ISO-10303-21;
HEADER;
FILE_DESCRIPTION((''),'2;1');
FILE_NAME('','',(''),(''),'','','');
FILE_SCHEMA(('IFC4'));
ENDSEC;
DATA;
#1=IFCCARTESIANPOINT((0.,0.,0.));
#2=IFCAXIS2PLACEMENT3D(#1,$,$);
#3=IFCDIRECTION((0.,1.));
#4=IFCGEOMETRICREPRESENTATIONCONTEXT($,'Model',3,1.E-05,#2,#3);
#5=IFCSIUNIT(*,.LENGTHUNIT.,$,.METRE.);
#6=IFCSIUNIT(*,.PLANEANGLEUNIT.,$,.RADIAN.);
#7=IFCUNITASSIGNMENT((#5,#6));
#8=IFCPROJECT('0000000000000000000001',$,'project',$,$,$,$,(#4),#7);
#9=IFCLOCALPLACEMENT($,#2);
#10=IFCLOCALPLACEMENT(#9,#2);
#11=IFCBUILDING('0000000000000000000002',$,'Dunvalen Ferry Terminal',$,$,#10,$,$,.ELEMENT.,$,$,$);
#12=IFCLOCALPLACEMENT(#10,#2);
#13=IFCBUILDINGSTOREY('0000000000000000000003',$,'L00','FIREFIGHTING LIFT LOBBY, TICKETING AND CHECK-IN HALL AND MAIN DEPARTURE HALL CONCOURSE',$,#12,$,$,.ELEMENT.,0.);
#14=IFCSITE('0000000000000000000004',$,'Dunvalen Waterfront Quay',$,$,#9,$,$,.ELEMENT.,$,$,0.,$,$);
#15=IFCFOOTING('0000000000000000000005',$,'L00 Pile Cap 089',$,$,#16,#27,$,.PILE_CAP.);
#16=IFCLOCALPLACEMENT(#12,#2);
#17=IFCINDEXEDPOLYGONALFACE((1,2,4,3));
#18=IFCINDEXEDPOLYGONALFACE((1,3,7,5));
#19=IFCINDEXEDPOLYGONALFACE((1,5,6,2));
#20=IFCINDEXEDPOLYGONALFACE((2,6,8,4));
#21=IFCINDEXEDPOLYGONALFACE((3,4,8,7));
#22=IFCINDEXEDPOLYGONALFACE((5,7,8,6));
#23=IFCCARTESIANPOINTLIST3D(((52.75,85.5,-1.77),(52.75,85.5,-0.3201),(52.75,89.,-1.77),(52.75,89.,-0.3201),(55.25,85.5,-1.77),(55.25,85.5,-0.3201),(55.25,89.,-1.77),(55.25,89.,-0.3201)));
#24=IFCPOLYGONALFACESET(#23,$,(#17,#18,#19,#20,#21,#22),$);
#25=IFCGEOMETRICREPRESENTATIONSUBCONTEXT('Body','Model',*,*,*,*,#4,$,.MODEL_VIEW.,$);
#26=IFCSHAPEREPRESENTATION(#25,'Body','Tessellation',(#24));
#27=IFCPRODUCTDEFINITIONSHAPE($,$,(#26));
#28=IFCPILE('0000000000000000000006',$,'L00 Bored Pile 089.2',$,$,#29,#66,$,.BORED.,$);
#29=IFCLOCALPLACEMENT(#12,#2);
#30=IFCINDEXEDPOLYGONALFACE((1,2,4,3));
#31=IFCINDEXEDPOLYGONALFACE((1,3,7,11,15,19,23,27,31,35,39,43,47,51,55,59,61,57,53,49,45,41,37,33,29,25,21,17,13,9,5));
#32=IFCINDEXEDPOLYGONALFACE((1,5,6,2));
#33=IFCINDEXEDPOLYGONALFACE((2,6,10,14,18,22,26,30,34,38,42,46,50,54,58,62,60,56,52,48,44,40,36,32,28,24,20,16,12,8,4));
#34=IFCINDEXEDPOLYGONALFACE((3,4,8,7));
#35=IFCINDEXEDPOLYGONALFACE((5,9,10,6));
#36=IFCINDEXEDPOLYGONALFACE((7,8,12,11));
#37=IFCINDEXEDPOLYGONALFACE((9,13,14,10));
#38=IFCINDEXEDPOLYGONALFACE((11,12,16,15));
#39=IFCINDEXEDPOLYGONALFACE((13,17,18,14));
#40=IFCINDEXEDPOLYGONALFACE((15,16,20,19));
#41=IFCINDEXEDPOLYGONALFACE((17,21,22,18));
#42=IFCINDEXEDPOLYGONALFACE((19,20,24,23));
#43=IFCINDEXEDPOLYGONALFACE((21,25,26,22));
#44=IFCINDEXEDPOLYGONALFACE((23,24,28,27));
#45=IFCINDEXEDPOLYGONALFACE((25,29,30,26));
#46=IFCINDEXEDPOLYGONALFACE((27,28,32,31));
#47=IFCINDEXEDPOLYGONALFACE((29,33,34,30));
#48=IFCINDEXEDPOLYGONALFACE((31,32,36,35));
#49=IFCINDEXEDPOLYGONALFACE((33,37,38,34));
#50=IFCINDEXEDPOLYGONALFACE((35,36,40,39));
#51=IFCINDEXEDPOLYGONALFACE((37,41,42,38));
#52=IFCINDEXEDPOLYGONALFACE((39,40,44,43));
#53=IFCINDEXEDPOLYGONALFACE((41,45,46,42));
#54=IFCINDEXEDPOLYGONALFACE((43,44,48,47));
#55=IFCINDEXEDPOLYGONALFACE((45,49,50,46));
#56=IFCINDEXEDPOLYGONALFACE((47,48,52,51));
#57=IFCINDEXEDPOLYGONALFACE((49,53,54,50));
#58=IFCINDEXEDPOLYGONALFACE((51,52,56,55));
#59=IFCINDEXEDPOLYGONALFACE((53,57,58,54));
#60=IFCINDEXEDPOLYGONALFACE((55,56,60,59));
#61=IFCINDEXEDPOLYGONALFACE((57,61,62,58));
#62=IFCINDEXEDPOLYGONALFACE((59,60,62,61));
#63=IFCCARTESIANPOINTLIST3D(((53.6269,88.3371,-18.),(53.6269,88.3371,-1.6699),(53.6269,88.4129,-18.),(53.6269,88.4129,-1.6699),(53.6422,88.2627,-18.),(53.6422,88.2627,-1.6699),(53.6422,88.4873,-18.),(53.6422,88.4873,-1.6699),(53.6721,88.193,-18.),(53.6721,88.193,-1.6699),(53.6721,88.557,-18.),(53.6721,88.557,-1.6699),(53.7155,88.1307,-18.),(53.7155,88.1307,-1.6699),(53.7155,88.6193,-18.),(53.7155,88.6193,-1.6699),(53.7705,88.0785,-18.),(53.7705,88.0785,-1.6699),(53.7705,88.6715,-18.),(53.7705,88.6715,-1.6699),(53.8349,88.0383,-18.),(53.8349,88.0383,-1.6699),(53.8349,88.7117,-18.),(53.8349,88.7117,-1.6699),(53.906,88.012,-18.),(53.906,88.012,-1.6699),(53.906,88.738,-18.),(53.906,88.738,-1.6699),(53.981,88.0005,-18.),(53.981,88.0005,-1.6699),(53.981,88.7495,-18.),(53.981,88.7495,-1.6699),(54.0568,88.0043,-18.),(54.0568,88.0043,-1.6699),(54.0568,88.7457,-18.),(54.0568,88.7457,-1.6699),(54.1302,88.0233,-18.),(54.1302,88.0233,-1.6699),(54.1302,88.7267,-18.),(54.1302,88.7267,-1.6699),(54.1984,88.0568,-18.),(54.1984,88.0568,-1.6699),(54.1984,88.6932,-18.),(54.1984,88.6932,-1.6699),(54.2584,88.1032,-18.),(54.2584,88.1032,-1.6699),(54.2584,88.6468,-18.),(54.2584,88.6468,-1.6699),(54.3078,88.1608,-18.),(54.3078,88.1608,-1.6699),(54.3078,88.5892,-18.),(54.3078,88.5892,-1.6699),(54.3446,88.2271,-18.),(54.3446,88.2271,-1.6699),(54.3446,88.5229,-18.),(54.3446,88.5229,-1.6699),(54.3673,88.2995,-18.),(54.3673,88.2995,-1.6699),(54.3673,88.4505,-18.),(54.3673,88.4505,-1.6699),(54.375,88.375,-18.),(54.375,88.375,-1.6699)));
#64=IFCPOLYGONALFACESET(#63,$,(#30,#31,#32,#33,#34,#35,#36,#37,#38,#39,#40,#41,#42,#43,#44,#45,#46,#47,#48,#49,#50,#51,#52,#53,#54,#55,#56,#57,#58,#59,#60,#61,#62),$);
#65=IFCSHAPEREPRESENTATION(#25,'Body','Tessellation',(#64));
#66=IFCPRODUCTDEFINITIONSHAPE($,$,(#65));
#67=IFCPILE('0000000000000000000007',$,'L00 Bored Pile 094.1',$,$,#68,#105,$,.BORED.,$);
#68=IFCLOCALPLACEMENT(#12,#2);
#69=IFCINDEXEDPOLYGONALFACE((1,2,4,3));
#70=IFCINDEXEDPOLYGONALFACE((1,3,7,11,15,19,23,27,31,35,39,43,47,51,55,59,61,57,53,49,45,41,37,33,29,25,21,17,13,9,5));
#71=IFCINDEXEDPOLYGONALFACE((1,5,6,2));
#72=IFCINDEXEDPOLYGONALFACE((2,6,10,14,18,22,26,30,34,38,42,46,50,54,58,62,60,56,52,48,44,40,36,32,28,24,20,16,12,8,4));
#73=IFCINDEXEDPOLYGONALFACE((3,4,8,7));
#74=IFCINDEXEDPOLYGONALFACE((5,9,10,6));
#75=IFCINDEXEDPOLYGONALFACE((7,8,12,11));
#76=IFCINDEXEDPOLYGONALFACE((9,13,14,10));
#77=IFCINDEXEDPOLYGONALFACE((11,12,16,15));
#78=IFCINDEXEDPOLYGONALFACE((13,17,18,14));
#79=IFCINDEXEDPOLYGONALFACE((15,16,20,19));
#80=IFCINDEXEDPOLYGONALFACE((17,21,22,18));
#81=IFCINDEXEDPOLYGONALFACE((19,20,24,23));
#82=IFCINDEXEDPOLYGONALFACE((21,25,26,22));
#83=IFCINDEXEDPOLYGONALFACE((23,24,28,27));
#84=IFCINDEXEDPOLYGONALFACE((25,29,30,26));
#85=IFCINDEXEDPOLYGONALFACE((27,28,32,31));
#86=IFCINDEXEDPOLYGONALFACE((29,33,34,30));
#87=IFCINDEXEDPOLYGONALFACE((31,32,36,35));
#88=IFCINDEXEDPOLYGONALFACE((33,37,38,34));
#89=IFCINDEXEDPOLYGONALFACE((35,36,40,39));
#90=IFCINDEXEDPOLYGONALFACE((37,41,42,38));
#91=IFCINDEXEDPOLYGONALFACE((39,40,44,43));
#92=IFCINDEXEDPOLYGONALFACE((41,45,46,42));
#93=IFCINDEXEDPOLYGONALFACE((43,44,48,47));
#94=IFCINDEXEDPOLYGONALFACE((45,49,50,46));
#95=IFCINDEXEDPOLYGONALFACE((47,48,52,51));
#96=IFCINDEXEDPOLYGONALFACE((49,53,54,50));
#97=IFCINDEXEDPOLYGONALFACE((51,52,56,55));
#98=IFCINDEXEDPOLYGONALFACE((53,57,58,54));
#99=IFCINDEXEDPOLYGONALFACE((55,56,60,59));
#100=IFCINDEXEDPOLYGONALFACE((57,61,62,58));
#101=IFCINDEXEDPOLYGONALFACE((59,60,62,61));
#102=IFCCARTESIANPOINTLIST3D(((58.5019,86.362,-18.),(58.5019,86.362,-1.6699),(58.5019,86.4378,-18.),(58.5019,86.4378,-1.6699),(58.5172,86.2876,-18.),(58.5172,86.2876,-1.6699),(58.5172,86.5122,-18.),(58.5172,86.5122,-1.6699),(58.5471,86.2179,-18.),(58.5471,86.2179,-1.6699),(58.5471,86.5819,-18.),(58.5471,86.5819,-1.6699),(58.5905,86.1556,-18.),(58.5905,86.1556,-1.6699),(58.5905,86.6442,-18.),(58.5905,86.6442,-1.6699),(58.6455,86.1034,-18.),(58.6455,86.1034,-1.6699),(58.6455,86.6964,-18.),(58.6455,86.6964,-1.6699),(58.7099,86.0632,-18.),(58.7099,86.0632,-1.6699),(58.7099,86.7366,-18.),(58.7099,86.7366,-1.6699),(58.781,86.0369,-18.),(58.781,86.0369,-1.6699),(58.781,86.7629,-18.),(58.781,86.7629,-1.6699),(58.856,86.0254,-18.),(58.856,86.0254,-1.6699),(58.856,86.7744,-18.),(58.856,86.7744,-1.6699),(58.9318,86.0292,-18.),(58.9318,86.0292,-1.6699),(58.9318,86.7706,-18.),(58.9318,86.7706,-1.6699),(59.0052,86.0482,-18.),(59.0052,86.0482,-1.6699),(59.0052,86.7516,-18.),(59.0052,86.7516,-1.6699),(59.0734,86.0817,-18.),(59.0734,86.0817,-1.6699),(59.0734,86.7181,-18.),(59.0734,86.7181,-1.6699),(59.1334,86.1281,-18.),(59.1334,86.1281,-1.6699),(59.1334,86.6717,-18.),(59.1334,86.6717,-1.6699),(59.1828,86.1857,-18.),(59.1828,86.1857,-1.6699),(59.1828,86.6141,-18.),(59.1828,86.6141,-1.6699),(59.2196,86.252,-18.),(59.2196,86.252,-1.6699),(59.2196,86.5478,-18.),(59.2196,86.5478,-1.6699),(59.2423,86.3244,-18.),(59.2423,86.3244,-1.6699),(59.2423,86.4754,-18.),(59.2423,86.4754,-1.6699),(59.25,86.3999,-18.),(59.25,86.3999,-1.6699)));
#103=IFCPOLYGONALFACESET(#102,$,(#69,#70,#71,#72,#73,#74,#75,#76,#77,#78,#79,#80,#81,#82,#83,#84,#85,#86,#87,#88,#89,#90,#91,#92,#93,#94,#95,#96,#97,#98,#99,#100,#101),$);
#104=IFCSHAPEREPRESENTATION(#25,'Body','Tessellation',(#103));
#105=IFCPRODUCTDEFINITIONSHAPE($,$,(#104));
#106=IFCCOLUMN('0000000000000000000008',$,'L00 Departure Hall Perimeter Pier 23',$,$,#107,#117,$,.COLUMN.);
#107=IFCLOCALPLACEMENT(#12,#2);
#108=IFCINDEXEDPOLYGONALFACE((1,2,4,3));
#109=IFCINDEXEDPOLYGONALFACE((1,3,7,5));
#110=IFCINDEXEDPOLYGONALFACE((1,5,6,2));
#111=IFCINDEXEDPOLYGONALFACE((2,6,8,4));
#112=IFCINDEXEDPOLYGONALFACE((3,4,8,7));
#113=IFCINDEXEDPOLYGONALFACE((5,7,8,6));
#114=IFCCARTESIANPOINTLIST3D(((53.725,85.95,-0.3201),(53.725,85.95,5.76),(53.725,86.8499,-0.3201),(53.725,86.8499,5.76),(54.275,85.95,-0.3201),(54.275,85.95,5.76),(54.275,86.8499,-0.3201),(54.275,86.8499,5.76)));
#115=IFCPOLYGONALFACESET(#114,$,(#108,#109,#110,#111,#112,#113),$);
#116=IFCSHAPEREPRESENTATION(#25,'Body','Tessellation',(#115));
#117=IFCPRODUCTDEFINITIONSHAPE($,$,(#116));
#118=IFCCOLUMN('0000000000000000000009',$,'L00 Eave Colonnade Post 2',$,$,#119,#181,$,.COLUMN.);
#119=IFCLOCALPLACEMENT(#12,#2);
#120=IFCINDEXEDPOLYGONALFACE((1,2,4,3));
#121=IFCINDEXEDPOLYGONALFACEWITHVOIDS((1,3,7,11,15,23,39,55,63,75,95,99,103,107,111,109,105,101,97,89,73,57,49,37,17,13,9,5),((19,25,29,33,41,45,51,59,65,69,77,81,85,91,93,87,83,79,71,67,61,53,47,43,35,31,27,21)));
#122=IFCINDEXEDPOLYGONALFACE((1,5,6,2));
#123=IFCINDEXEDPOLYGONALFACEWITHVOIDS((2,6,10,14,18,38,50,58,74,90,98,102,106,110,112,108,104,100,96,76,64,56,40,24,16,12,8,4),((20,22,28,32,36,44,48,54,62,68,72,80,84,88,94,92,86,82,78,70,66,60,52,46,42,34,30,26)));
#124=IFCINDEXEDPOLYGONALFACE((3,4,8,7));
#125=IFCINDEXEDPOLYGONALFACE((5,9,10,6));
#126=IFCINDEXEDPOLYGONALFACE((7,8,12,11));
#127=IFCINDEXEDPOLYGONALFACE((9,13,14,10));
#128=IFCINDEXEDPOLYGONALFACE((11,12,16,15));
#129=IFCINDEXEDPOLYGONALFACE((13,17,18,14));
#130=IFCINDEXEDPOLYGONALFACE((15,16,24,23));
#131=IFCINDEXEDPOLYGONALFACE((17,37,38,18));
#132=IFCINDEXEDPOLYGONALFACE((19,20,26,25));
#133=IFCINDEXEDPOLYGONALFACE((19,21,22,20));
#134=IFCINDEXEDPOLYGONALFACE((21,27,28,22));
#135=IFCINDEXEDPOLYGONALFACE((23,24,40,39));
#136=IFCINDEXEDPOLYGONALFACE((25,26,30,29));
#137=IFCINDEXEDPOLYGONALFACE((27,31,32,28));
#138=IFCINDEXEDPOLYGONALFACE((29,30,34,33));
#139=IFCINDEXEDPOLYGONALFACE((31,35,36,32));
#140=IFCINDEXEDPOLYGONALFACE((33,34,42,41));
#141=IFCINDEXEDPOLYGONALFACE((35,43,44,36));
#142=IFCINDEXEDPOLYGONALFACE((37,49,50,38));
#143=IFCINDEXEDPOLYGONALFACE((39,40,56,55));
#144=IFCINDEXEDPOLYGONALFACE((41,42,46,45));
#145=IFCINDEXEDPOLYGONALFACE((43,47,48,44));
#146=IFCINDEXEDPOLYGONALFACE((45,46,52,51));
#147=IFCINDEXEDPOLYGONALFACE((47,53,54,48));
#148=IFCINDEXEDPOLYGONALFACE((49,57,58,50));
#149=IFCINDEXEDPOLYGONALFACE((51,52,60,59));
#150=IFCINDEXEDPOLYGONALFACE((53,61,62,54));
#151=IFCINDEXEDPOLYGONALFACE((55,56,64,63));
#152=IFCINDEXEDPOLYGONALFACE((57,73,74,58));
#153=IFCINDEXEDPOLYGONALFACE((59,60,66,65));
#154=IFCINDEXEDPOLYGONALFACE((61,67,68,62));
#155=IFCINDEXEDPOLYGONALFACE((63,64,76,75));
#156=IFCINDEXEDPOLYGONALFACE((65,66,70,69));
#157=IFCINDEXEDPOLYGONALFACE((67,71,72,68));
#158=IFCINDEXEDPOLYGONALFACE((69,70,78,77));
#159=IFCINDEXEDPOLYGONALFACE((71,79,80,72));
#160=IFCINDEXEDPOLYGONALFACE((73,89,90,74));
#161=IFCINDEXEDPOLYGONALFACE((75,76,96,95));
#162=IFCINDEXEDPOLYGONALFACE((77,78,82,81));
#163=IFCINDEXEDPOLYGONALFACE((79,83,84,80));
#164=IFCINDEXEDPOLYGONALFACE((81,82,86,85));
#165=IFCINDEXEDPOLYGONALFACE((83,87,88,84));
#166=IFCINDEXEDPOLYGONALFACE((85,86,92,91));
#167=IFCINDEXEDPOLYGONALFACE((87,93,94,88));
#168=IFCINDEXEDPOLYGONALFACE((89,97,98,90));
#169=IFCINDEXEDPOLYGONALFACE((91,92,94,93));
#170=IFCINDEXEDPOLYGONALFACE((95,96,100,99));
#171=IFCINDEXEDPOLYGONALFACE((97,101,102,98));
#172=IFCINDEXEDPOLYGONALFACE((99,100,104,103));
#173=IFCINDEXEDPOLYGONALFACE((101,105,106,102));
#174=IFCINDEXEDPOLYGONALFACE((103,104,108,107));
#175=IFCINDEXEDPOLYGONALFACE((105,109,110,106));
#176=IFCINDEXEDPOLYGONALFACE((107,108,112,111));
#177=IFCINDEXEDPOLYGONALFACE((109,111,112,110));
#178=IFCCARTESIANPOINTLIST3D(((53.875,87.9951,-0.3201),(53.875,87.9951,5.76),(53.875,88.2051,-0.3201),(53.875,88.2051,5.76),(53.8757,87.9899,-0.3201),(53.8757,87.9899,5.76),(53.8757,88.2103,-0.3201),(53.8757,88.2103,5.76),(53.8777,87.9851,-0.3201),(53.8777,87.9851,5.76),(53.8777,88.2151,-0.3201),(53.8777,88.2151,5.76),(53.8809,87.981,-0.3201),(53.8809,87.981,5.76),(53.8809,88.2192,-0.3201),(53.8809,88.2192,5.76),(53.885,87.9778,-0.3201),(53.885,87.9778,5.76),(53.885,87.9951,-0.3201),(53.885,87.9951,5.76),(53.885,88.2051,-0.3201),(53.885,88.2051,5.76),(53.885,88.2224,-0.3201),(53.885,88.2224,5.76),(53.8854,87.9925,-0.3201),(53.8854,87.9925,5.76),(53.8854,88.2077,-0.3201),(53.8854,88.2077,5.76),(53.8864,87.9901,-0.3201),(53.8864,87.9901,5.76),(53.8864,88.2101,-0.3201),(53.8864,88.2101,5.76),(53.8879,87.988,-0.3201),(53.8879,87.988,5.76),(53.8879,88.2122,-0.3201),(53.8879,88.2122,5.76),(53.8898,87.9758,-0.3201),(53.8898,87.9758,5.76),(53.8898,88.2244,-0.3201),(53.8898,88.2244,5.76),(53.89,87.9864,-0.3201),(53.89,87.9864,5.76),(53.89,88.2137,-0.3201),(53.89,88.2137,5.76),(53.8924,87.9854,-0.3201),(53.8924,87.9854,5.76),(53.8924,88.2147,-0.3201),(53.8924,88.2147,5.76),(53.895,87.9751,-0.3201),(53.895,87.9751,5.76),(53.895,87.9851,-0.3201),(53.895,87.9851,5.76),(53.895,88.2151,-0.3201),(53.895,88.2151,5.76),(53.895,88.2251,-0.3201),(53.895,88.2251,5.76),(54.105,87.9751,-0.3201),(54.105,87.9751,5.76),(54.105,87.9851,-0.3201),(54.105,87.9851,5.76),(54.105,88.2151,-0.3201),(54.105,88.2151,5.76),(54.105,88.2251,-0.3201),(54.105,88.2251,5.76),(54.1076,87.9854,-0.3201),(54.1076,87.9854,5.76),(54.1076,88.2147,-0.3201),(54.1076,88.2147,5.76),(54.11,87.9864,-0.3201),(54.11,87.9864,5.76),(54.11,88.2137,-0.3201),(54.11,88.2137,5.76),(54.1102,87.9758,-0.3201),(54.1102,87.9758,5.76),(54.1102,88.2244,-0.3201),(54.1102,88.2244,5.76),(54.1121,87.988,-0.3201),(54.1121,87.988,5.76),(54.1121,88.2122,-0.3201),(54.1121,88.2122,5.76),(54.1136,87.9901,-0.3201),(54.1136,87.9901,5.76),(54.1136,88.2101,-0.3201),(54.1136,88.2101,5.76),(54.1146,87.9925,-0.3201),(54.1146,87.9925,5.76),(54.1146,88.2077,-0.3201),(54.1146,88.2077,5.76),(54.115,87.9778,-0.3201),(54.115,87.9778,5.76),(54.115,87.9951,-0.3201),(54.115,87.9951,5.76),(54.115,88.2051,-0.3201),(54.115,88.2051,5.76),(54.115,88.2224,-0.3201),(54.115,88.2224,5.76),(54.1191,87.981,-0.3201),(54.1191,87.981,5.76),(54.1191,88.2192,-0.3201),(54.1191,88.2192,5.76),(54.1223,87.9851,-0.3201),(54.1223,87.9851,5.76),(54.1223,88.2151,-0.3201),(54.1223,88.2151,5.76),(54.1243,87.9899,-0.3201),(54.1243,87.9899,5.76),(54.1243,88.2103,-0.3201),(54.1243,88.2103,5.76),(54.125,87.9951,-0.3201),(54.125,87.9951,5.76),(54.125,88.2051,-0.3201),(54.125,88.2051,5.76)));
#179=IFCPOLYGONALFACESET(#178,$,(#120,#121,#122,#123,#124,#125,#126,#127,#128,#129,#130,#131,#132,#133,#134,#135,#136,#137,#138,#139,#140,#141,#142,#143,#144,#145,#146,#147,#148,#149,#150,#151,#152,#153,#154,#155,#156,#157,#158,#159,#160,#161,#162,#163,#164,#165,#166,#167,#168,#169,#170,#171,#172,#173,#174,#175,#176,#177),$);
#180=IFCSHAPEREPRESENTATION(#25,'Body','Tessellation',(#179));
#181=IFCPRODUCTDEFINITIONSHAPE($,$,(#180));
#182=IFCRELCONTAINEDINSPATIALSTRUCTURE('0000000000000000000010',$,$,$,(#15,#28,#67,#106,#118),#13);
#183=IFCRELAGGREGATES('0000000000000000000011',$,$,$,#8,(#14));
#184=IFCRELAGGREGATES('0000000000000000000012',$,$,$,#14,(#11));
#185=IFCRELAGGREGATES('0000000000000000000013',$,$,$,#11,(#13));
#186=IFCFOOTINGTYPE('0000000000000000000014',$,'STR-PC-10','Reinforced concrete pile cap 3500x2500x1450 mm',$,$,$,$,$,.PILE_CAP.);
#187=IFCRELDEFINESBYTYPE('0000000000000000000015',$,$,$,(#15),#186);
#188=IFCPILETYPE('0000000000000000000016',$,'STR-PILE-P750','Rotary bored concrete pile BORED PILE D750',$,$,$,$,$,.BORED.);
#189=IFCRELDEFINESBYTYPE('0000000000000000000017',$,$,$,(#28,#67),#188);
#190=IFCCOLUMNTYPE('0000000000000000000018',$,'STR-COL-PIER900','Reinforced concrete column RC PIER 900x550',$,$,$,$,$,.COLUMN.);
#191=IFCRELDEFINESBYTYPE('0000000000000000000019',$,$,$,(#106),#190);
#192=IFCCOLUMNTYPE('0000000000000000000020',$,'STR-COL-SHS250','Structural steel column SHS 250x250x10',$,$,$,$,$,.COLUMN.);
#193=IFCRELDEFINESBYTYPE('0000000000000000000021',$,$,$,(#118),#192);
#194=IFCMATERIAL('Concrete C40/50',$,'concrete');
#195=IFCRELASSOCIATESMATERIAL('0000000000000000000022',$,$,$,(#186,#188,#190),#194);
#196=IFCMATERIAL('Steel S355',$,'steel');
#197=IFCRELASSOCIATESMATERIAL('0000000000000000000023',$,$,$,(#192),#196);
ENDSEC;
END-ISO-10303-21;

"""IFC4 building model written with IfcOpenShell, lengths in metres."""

from ifc_helpers import new_model, si_unit, direction, frame, origin, origin_2d, place, context, subcontext, project, spatial, rectangle, hollow_rectangle, circle, extrude, material, material_profile, profile_set, type_object, element, save


model = new_model("IFC4")

# Units and contexts
model_context = context("Model", 3, precision=1e-05, world=origin(), true_north=direction((0.0, 1.0)))
body_context = subcontext(model_context, "Body", "Model", "MODEL_VIEW")
ifc_project = project(units=[si_unit("LENGTHUNIT", "METRE"), si_unit("PLANEANGLEUNIT", "RADIAN")], contexts=[model_context])

# Site, building, storey
site_placement = place(None, origin())
site = spatial("IfcSite", under=ifc_project, at=site_placement, Name="Dunvalen Waterfront Quay", CompositionType="ELEMENT", RefElevation=0.0)
building_placement = place(site_placement, origin())
building = spatial("IfcBuilding", under=site, at=building_placement, Name="Dunvalen Ferry Terminal", CompositionType="ELEMENT")
storey_placement = place(building_placement, origin())
storey = spatial("IfcBuildingStorey", under=building, at=storey_placement, Name="L00", Description="FIREFIGHTING LIFT LOBBY, TICKETING AND CHECK-IN HALL AND MAIN DEPARTURE HALL CONCOURSE", CompositionType="ELEMENT", Elevation=0.0)

# Footing
ifc_material_1 = material(Name="Concrete C40/50", Category="concrete")
footing_type = type_object("IfcFootingType", Name="STR-PC-10", Description="Reinforced concrete pile cap 3500x2500x1450 mm", PredefinedType="PILE_CAP", material=ifc_material_1)
footing_placement = place(storey_placement, frame((54.0, 87.25, -1.77), z_axis=(0.0, 0.0, 1.0), x_axis=(0.0, 1.0, 0.0)))
element("IfcFooting", 1, at=footing_placement, inside=storey, type_object=footing_type, Name="L00 Pile Cap 089", PredefinedType="PILE_CAP", context=body_context, shape_type="SweptSolid", body=[
    extrude(rectangle(XDim=3.5, YDim=2.5, at=origin_2d()), origin(), (0.0, 0.0, 1.0), 1.45),
])

# Piles
ifc_material_profile_1 = material_profile(ifc_material_1, circle(Radius=0.375, at=origin_2d()), Name="Concrete C40/50")
ifc_profile_set_1 = profile_set([ifc_material_profile_1], Name="Concrete C40/50")
pile_type = type_object("IfcPileType", Name="STR-PILE-P750", Description="Rotary bored concrete pile BORED PILE D750", PredefinedType="BORED", material=ifc_profile_set_1)
for number, where, z_axis, x_axis, name in (
    (2, (54.0, 88.375, -1.6699), (0.0, 0.0, -1.0), (1.0, 0.0, 0.0), "L00 Bored Pile 089.2"),
    (3, (58.875, 86.3999, -1.6699), (0.0, 0.0, -1.0), (1.0, 0.0, 0.0), "L00 Bored Pile 094.1"),
):
    element("IfcPile", number, at=place(storey_placement, frame(where, z_axis=z_axis, x_axis=x_axis)), inside=storey, type_object=pile_type, Name=name, PredefinedType="BORED", context=body_context, shape_type="SweptSolid", body=[
        extrude(circle(Radius=0.375, at=origin_2d()), origin(), (0.0, 0.0, 1.0), 16.3301),
    ])

# Columns
ifc_material_profile_2 = material_profile(ifc_material_1, rectangle(XDim=0.55, YDim=0.8999, at=origin_2d()), Name="Concrete C40/50")
ifc_profile_set_2 = profile_set([ifc_material_profile_2], Name="Concrete C40/50")
column_type_1 = type_object("IfcColumnType", Name="STR-COL-PIER900", Description="Reinforced concrete column RC PIER 900x550", PredefinedType="COLUMN", material=ifc_profile_set_2)
column_1_placement = place(storey_placement, frame((54.0, 86.3999, -0.3201), z_axis=(0.0, 0.0, 1.0), x_axis=(1.0, 0.0, 0.0)))
element("IfcColumn", 4, at=column_1_placement, inside=storey, type_object=column_type_1, Name="L00 Departure Hall Perimeter Pier 23", PredefinedType="COLUMN", context=body_context, shape_type="SweptSolid", body=[
    extrude(rectangle(XDim=0.55, YDim=0.8999, at=origin_2d()), origin(), (0.0, 0.0, 1.0), 6.0801),
])
ifc_material_2 = material(Name="Steel S355", Category="steel")
ifc_material_profile_3 = material_profile(ifc_material_2, hollow_rectangle(XDim=0.25, YDim=0.25, WallThickness=0.01, InnerFilletRadius=0.01, OuterFilletRadius=0.02, at=origin_2d()), Name="Steel S355")
ifc_profile_set_3 = profile_set([ifc_material_profile_3], Name="Steel S355")
column_type_2 = type_object("IfcColumnType", Name="STR-COL-SHS250", Description="Structural steel column SHS 250x250x10", PredefinedType="COLUMN", material=ifc_profile_set_3)
column_2_placement = place(storey_placement, frame((54.0, 88.1001, -0.3201), z_axis=(0.0, 0.0, 1.0), x_axis=(1.0, 0.0, 0.0)))
element("IfcColumn", 5, at=column_2_placement, inside=storey, type_object=column_type_2, Name="L00 Eave Colonnade Post 2", PredefinedType="COLUMN", context=body_context, shape_type="SweptSolid", body=[
    extrude(hollow_rectangle(XDim=0.25, YDim=0.25, WallThickness=0.01, InnerFilletRadius=0.01, OuterFilletRadius=0.02, at=origin_2d()), origin(), (0.0, 0.0, 1.0), 6.0801),
])

save(model, "model.ifc")
